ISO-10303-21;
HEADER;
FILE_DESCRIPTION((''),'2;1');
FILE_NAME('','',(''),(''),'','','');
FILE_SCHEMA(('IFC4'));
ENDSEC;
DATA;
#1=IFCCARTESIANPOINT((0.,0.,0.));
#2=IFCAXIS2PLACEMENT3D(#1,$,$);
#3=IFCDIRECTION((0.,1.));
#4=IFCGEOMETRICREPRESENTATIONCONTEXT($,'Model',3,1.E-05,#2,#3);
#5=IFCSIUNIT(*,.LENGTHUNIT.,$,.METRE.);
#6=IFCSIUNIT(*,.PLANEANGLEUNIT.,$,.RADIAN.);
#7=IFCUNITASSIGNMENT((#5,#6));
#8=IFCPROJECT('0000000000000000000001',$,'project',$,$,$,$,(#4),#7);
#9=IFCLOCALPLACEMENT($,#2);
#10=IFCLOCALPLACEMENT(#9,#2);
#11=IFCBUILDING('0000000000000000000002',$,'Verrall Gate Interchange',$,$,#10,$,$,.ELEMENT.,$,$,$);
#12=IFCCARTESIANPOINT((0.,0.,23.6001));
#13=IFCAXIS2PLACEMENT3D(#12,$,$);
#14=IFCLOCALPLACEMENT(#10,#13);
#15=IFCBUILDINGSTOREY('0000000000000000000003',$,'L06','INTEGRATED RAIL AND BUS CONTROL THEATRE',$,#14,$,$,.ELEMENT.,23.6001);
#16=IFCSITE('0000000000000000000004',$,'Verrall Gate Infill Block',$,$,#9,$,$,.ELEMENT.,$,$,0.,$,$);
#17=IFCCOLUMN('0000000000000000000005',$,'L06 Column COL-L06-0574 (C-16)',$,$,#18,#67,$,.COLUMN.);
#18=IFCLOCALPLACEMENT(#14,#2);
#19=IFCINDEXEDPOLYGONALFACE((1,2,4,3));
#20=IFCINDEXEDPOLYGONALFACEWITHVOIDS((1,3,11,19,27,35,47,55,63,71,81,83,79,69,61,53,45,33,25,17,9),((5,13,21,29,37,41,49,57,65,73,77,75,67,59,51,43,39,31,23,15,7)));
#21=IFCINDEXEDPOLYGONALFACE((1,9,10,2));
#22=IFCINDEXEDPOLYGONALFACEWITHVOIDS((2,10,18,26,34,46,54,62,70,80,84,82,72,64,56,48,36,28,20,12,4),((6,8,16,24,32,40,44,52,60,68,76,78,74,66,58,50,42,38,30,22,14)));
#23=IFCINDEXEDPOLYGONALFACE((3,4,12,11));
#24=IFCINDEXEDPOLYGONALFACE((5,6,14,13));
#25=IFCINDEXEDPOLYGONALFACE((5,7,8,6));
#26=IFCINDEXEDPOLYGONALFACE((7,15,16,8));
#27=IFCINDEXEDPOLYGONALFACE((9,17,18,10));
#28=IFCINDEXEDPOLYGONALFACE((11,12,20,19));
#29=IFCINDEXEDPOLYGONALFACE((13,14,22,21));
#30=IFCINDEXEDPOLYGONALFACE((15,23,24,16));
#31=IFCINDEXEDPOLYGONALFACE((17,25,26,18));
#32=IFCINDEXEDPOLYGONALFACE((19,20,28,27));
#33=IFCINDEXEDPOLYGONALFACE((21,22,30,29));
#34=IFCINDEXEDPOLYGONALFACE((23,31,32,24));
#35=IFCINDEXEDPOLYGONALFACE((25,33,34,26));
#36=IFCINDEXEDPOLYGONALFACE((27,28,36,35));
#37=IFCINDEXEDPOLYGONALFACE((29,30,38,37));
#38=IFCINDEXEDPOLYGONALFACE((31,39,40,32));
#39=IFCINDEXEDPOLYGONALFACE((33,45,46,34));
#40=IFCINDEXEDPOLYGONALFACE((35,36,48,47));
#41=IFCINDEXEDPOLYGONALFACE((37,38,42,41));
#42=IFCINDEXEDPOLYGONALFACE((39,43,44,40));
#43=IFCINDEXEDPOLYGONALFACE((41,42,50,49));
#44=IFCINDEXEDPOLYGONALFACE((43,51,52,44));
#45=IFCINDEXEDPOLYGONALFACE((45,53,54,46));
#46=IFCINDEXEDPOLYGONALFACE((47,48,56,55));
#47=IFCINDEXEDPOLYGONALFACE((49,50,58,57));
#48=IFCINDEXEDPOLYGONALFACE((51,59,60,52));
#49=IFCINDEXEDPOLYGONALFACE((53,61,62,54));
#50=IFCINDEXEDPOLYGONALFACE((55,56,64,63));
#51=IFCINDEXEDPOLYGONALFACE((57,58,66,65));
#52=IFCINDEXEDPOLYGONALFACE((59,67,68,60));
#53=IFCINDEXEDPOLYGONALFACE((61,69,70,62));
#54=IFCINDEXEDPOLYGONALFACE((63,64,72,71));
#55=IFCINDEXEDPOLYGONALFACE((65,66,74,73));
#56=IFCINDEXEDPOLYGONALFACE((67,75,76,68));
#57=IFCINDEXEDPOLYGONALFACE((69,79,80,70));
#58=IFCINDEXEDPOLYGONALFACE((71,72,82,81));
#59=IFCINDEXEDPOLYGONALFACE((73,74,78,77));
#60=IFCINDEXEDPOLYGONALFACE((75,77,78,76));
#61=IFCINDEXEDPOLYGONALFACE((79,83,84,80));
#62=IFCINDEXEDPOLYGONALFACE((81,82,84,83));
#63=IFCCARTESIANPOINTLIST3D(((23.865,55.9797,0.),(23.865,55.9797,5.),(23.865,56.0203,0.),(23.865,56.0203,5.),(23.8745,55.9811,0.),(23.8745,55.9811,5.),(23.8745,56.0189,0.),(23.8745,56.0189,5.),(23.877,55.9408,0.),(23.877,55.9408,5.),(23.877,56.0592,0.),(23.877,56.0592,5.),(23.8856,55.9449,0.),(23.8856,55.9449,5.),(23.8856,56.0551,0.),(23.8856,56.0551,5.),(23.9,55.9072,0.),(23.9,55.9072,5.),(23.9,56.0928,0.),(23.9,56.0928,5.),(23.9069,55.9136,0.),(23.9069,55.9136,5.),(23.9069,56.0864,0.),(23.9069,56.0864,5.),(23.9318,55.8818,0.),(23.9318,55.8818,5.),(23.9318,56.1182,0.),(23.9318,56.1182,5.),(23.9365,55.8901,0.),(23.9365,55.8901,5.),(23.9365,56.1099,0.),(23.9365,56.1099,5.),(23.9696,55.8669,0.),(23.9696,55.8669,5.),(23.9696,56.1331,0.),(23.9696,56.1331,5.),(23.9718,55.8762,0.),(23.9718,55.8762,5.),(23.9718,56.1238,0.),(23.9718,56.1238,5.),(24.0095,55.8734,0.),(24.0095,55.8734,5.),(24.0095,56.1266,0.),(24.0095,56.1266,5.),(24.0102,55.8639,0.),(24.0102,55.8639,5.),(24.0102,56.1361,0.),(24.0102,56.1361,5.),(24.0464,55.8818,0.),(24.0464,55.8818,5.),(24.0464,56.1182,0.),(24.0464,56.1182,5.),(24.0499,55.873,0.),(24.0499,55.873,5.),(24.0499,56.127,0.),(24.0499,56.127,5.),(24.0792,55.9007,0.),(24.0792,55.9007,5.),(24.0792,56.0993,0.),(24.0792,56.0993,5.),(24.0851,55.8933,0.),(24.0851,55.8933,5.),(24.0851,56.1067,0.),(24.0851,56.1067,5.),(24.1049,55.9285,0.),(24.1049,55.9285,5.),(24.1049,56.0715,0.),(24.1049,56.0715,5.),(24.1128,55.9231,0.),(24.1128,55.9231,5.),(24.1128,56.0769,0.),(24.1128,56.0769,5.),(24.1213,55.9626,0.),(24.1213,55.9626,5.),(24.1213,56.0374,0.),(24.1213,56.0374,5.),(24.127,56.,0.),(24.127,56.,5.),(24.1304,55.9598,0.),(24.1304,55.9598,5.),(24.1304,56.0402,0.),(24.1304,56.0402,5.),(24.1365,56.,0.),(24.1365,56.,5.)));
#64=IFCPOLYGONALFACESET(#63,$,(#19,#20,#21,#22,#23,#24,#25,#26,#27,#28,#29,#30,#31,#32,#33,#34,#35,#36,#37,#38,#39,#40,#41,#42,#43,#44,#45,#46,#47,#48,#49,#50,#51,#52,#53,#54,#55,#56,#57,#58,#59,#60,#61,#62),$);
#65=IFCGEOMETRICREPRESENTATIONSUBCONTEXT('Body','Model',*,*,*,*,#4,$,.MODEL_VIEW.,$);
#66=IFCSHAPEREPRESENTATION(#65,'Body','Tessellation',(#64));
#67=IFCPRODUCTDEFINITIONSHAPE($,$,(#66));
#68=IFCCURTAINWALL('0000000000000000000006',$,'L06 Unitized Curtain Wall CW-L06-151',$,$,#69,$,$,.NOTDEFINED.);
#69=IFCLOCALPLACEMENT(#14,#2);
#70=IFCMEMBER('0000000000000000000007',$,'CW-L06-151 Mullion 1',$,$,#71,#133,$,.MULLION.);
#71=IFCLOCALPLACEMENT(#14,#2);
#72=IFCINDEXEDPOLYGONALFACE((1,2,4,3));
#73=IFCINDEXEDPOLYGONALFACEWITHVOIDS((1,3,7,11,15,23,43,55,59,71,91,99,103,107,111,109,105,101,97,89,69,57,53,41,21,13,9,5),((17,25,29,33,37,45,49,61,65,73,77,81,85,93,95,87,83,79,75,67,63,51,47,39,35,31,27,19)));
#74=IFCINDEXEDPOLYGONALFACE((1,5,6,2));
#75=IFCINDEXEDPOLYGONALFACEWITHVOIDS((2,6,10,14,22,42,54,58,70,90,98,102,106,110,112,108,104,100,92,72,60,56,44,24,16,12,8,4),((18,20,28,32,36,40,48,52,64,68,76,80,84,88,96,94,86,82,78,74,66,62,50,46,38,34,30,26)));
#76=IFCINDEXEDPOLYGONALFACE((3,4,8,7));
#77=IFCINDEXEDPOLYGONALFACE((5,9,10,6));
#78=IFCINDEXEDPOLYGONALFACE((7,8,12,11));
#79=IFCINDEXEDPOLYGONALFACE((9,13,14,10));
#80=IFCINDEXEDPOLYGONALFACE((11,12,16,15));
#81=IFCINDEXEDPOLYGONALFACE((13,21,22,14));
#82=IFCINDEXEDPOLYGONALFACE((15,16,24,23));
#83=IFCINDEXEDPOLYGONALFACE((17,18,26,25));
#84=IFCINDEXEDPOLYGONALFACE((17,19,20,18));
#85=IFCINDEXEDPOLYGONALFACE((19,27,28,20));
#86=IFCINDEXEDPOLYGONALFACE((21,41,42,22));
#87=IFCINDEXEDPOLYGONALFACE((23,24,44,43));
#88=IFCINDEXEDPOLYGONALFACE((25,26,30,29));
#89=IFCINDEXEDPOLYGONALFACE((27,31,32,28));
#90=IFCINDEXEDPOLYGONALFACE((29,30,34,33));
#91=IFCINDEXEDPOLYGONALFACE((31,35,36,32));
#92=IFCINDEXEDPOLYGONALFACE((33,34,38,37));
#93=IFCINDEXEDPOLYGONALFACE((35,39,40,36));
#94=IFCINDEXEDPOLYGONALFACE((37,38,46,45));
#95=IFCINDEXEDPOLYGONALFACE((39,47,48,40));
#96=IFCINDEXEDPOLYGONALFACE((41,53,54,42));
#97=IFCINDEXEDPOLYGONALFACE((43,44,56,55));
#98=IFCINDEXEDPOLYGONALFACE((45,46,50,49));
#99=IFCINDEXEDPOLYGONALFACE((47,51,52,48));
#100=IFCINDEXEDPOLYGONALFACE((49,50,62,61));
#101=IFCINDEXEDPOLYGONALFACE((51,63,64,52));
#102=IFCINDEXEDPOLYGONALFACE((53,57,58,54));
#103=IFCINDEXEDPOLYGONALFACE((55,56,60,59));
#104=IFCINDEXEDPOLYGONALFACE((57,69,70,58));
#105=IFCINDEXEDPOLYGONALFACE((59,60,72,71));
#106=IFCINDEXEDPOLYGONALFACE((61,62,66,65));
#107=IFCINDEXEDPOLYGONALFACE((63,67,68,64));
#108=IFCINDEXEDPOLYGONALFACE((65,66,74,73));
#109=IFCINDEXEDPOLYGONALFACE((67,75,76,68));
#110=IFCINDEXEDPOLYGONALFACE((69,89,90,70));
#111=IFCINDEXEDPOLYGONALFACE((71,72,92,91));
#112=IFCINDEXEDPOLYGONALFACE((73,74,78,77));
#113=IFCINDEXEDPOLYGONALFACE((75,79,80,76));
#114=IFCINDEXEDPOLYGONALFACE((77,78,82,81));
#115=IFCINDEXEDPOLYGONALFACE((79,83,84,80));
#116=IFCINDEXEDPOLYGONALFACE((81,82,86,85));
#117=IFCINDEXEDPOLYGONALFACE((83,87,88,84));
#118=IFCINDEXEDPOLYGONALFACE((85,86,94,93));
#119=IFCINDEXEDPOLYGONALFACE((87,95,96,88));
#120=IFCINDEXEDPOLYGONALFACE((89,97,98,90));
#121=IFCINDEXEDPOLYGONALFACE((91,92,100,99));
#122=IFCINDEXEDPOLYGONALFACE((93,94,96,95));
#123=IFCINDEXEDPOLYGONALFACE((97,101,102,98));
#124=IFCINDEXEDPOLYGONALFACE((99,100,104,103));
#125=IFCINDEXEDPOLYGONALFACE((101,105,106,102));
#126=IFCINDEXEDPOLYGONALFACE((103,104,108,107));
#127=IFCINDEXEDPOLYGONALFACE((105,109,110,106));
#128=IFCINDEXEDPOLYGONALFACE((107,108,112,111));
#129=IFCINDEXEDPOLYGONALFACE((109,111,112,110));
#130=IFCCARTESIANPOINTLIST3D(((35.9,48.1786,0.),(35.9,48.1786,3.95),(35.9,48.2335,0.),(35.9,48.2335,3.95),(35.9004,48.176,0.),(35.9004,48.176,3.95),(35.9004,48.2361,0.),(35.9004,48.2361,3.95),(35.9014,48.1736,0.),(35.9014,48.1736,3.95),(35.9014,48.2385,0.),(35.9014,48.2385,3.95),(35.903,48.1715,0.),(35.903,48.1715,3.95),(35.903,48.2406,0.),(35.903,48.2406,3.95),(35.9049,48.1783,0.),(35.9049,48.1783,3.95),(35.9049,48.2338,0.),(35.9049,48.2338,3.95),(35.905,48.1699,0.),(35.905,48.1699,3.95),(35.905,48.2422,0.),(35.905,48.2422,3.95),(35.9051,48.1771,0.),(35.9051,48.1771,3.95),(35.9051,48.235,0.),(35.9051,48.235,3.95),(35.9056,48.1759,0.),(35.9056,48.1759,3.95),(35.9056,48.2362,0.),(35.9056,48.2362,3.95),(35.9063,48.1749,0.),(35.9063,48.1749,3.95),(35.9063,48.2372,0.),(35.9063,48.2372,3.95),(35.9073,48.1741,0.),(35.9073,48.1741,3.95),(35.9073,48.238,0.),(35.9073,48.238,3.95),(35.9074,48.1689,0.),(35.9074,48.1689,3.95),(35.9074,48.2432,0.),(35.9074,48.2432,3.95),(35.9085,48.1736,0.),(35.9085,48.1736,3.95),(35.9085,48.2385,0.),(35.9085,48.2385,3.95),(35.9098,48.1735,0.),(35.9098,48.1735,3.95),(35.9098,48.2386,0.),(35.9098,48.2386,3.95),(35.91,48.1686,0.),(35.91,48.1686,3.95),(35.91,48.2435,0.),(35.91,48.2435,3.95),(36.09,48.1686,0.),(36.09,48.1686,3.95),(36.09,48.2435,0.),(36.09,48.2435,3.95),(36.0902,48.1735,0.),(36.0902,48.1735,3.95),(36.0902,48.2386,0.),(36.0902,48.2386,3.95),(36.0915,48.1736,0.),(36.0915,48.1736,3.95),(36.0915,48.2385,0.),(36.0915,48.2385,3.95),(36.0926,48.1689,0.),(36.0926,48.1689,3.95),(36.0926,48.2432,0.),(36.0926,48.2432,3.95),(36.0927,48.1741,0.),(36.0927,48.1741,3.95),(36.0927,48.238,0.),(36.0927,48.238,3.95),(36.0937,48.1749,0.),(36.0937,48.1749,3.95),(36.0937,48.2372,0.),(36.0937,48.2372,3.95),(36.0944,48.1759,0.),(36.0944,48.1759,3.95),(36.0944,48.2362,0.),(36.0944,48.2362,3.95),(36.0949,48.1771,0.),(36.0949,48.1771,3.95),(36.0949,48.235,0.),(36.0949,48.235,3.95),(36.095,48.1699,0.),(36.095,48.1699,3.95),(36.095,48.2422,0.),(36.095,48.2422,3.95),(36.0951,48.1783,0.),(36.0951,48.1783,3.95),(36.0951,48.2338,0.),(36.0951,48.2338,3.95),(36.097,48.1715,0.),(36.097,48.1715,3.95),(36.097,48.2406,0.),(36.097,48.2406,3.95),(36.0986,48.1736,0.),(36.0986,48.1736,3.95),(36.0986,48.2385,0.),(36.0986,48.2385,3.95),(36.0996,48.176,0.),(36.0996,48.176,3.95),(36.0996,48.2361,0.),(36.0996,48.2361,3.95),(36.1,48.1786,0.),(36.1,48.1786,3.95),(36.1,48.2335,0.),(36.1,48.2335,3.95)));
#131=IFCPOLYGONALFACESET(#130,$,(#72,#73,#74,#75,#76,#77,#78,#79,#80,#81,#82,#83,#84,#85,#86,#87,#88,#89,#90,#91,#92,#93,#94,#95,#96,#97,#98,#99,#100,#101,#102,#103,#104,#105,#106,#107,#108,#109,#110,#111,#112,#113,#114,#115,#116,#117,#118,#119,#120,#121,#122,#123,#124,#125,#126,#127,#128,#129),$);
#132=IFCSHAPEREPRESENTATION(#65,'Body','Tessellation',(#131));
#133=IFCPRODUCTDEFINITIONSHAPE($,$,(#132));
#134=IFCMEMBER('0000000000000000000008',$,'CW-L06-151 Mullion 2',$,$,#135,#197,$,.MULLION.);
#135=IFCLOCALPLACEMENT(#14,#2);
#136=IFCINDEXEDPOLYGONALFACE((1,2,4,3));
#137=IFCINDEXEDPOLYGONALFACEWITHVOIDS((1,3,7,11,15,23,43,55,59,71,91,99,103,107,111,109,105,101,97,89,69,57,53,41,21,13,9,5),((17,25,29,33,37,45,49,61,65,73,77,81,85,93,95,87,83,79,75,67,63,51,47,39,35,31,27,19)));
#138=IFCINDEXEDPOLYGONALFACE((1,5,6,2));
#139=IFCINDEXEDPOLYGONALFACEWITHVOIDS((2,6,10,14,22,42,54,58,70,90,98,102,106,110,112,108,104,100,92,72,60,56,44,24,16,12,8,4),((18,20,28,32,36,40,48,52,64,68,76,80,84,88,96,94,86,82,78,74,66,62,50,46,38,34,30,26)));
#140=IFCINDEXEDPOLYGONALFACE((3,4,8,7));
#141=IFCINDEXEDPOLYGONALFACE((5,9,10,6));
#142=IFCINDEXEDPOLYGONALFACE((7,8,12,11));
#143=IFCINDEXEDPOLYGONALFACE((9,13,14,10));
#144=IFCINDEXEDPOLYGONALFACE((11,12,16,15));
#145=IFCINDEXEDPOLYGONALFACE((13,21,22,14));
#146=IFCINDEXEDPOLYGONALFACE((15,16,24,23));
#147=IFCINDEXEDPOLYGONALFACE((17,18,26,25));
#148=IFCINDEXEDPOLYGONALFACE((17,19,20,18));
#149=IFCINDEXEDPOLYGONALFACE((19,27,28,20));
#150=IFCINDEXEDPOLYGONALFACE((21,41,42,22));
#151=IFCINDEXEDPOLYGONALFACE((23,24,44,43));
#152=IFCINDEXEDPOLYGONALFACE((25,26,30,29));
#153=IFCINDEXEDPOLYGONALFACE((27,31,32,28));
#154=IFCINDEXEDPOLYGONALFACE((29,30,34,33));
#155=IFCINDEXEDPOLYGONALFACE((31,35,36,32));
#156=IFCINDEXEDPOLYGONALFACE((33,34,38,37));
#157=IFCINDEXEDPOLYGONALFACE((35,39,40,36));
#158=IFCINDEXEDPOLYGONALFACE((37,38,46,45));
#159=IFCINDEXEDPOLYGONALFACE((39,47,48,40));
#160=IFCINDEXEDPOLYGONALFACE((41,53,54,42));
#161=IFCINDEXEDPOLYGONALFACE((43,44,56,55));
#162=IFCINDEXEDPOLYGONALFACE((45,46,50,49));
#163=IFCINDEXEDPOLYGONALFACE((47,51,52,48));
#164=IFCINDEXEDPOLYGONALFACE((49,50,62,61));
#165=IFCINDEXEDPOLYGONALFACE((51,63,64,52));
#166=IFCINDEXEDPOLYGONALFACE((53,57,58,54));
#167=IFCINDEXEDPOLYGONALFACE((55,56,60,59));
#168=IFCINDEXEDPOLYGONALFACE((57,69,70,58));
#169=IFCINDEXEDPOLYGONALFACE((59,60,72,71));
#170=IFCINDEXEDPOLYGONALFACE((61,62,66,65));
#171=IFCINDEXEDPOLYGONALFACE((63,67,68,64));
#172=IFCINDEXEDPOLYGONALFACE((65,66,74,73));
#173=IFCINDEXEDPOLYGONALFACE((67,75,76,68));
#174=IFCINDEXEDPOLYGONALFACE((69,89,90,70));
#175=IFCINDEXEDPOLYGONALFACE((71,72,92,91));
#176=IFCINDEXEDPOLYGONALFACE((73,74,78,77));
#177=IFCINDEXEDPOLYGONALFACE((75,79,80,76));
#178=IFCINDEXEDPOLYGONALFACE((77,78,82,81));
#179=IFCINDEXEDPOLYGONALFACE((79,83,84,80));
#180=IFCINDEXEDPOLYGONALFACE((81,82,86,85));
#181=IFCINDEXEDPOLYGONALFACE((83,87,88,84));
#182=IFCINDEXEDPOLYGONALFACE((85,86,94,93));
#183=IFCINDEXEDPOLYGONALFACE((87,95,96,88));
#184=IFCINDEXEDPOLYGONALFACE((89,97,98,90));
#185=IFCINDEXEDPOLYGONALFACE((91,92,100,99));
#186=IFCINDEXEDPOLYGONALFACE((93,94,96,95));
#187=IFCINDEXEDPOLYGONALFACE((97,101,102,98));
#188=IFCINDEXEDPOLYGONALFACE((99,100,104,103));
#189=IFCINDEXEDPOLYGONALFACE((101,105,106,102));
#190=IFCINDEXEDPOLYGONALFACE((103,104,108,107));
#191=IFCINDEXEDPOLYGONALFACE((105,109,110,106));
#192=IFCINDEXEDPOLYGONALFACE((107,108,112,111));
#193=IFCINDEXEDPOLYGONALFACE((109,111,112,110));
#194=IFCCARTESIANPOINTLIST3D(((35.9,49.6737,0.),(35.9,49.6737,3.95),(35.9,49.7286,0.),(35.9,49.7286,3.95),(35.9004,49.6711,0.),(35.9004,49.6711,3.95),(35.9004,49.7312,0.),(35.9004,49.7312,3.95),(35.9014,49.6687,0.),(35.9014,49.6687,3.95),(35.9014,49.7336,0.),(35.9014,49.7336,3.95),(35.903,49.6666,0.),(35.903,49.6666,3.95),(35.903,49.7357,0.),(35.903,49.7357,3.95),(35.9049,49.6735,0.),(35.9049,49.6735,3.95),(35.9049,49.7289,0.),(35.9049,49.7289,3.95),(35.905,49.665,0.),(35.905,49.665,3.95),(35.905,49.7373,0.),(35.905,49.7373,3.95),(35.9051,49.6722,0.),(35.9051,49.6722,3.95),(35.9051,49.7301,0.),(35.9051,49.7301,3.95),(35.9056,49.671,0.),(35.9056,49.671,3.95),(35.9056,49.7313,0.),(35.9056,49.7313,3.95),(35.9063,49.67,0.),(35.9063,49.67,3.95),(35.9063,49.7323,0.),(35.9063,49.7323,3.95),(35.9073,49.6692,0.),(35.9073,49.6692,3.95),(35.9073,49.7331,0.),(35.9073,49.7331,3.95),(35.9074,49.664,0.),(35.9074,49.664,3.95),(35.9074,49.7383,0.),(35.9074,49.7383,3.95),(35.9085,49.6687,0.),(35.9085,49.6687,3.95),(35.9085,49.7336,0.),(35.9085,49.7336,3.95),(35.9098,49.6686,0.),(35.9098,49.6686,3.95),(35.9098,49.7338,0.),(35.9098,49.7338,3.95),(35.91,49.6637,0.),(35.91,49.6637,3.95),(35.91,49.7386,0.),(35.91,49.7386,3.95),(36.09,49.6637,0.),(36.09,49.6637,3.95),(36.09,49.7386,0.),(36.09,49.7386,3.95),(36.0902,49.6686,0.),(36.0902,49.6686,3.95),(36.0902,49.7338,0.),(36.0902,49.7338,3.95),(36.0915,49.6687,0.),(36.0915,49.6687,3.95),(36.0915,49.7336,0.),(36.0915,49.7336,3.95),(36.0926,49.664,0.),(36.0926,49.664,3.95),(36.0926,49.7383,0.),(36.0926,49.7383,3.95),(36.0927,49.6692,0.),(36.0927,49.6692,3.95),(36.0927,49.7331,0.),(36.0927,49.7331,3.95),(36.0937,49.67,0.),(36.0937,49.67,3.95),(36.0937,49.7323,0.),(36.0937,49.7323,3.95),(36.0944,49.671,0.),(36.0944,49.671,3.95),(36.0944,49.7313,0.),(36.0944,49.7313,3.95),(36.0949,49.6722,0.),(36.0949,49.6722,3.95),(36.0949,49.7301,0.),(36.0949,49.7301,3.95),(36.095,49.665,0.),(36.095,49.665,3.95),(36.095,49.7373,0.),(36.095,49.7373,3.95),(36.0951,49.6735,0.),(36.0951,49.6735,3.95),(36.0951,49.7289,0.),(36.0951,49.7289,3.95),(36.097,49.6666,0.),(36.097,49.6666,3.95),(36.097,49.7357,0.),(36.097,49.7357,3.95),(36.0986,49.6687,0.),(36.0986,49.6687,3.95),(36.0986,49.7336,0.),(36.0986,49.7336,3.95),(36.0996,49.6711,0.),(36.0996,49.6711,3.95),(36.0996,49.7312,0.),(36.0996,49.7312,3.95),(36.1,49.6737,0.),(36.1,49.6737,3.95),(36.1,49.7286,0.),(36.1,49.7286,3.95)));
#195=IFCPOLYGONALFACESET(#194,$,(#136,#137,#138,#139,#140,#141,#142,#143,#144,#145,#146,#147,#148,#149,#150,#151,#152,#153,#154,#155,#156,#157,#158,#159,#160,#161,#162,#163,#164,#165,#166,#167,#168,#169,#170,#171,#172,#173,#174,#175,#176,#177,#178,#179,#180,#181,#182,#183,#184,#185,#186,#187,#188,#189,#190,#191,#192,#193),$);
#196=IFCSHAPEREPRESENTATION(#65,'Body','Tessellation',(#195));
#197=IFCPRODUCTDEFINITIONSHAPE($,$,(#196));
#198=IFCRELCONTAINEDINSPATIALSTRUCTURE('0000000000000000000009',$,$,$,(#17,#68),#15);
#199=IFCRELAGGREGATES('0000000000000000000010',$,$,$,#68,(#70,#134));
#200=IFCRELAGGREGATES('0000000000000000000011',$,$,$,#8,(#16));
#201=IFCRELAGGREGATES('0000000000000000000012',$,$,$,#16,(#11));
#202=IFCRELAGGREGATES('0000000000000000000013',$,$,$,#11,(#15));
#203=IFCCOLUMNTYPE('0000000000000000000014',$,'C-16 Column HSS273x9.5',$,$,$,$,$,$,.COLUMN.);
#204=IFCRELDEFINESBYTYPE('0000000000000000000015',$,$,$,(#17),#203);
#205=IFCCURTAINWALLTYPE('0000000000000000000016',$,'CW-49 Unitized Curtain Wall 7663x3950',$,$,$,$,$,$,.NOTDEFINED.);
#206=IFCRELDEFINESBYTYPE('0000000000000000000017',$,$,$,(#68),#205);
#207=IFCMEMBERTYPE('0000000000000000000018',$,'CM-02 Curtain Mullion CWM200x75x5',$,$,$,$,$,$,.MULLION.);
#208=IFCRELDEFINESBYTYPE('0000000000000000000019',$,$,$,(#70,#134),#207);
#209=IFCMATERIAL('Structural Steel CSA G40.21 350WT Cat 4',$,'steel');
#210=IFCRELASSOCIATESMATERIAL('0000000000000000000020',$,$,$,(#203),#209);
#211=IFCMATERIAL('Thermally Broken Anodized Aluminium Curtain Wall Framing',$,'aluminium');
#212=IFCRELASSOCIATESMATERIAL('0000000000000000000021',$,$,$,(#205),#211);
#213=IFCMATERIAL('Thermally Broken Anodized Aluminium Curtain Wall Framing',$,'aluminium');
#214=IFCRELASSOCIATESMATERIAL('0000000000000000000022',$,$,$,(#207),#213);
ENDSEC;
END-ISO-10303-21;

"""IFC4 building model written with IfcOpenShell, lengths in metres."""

from ifc_helpers import new_model, si_unit, direction, frame, origin, origin_2d, place, context, subcontext, project, spatial, hollow_rectangle, hollow_circle, extrude, material, material_profile, profile_set, type_object, element, aggregate, save


model = new_model("IFC4")

# Units and contexts
model_context = context("Model", 3, precision=1e-05, world=origin(), true_north=direction((0.0, 1.0)))
body_context = subcontext(model_context, "Body", "Model", "MODEL_VIEW")
ifc_project = project(units=[si_unit("LENGTHUNIT", "METRE"), si_unit("PLANEANGLEUNIT", "RADIAN")], contexts=[model_context])

# Site, building, storey
site_placement = place(None, origin())
site = spatial("IfcSite", under=ifc_project, at=site_placement, Name="Verrall Gate Infill Block", CompositionType="ELEMENT", RefElevation=0.0)
building_placement = place(site_placement, origin())
building = spatial("IfcBuilding", under=site, at=building_placement, Name="Verrall Gate Interchange", CompositionType="ELEMENT")
storey_placement = place(building_placement, frame((0.0, 0.0, 23.6001)))
storey = spatial("IfcBuildingStorey", under=building, at=storey_placement, Name="L06", Description="INTEGRATED RAIL AND BUS CONTROL THEATRE", CompositionType="ELEMENT", Elevation=23.6001)

# Column
ifc_material_1 = material(Name="Structural Steel CSA G40.21 350WT Cat 4", Category="steel")
ifc_material_profile_1 = material_profile(ifc_material_1, hollow_circle(Radius=0.1365, WallThickness=0.0095, at=origin_2d()), Name="HSS273x9.5")
ifc_profile_set_1 = profile_set([ifc_material_profile_1], Name="Structural Steel CSA G40.21 350WT Cat 4")
column_type = type_object("IfcColumnType", Name="C-16 Column HSS273x9.5", PredefinedType="COLUMN", material=ifc_profile_set_1)
column_placement = place(storey_placement, frame((24.0, 56.0, 0.0), z_axis=(0.0, 0.0, 1.0), x_axis=(1.0, 0.0, 0.0)))
element("IfcColumn", 1, at=column_placement, inside=storey, type_object=column_type, Name="L06 Column COL-L06-0574 (C-16)", PredefinedType="COLUMN", context=body_context, shape_type="SweptSolid", body=[
    extrude(hollow_circle(Radius=0.1365, WallThickness=0.0095, at=origin_2d()), origin(), (0.0, 0.0, 1.0), 5.0),
])

# Curtain wall, members
ifc_material_2 = material(Name="Thermally Broken Anodized Aluminium Curtain Wall Framing", Category="aluminium")
curtain_wall_type = type_object("IfcCurtainWallType", Name="CW-49 Unitized Curtain Wall 7663x3950", PredefinedType="NOTDEFINED", material=ifc_material_2)
curtain_wall_placement = place(storey_placement, origin())
curtain_wall = element("IfcCurtainWall", 2, at=curtain_wall_placement, inside=storey, type_object=curtain_wall_type, Name="L06 Unitized Curtain Wall CW-L06-151", PredefinedType="NOTDEFINED")
ifc_material_3 = material(Name="Thermally Broken Anodized Aluminium Curtain Wall Framing", Category="aluminium")
ifc_material_profile_2 = material_profile(ifc_material_3, hollow_rectangle(XDim=0.075, YDim=0.2, WallThickness=0.0049, InnerFilletRadius=0.0049, OuterFilletRadius=0.01, at=origin_2d()), Name="CWM200x75x5")
ifc_profile_set_2 = profile_set([ifc_material_profile_2], Name="Thermally Broken Anodized Aluminium Curtain Wall Framing")
member_type_1 = type_object("IfcMemberType", Name="CM-02 Curtain Mullion CWM200x75x5", PredefinedType="MULLION", material=ifc_profile_set_2)
member_1_placement = place(storey_placement, frame((36.0, 48.2061, 0.0), z_axis=(0.0, 0.0, 1.0), x_axis=(0.0, 1.0, 0.0)))
member_1 = element("IfcMember", 3, at=member_1_placement, type_object=member_type_1, Name="CW-L06-151 Mullion 1", PredefinedType="MULLION", context=body_context, shape_type="SweptSolid", body=[
    extrude(hollow_rectangle(XDim=0.075, YDim=0.2, WallThickness=0.0049, InnerFilletRadius=0.0049, OuterFilletRadius=0.01, at=origin_2d()), origin(), (0.0, 0.0, 1.0), 3.95),
])
member_2_placement = place(storey_placement, frame((36.0, 49.7012, 0.0), z_axis=(0.0, 0.0, 1.0), x_axis=(0.0, 1.0, 0.0)))
member_2 = element("IfcMember", 4, at=member_2_placement, type_object=member_type_1, Name="CW-L06-151 Mullion 2", PredefinedType="MULLION", context=body_context, shape_type="SweptSolid", body=[
    extrude(hollow_rectangle(XDim=0.075, YDim=0.2, WallThickness=0.0049, InnerFilletRadius=0.0049, OuterFilletRadius=0.01, at=origin_2d()), origin(), (0.0, 0.0, 1.0), 3.95),
])
aggregate(curtain_wall, [member_1, member_2])

save(model, "model.ifc")
